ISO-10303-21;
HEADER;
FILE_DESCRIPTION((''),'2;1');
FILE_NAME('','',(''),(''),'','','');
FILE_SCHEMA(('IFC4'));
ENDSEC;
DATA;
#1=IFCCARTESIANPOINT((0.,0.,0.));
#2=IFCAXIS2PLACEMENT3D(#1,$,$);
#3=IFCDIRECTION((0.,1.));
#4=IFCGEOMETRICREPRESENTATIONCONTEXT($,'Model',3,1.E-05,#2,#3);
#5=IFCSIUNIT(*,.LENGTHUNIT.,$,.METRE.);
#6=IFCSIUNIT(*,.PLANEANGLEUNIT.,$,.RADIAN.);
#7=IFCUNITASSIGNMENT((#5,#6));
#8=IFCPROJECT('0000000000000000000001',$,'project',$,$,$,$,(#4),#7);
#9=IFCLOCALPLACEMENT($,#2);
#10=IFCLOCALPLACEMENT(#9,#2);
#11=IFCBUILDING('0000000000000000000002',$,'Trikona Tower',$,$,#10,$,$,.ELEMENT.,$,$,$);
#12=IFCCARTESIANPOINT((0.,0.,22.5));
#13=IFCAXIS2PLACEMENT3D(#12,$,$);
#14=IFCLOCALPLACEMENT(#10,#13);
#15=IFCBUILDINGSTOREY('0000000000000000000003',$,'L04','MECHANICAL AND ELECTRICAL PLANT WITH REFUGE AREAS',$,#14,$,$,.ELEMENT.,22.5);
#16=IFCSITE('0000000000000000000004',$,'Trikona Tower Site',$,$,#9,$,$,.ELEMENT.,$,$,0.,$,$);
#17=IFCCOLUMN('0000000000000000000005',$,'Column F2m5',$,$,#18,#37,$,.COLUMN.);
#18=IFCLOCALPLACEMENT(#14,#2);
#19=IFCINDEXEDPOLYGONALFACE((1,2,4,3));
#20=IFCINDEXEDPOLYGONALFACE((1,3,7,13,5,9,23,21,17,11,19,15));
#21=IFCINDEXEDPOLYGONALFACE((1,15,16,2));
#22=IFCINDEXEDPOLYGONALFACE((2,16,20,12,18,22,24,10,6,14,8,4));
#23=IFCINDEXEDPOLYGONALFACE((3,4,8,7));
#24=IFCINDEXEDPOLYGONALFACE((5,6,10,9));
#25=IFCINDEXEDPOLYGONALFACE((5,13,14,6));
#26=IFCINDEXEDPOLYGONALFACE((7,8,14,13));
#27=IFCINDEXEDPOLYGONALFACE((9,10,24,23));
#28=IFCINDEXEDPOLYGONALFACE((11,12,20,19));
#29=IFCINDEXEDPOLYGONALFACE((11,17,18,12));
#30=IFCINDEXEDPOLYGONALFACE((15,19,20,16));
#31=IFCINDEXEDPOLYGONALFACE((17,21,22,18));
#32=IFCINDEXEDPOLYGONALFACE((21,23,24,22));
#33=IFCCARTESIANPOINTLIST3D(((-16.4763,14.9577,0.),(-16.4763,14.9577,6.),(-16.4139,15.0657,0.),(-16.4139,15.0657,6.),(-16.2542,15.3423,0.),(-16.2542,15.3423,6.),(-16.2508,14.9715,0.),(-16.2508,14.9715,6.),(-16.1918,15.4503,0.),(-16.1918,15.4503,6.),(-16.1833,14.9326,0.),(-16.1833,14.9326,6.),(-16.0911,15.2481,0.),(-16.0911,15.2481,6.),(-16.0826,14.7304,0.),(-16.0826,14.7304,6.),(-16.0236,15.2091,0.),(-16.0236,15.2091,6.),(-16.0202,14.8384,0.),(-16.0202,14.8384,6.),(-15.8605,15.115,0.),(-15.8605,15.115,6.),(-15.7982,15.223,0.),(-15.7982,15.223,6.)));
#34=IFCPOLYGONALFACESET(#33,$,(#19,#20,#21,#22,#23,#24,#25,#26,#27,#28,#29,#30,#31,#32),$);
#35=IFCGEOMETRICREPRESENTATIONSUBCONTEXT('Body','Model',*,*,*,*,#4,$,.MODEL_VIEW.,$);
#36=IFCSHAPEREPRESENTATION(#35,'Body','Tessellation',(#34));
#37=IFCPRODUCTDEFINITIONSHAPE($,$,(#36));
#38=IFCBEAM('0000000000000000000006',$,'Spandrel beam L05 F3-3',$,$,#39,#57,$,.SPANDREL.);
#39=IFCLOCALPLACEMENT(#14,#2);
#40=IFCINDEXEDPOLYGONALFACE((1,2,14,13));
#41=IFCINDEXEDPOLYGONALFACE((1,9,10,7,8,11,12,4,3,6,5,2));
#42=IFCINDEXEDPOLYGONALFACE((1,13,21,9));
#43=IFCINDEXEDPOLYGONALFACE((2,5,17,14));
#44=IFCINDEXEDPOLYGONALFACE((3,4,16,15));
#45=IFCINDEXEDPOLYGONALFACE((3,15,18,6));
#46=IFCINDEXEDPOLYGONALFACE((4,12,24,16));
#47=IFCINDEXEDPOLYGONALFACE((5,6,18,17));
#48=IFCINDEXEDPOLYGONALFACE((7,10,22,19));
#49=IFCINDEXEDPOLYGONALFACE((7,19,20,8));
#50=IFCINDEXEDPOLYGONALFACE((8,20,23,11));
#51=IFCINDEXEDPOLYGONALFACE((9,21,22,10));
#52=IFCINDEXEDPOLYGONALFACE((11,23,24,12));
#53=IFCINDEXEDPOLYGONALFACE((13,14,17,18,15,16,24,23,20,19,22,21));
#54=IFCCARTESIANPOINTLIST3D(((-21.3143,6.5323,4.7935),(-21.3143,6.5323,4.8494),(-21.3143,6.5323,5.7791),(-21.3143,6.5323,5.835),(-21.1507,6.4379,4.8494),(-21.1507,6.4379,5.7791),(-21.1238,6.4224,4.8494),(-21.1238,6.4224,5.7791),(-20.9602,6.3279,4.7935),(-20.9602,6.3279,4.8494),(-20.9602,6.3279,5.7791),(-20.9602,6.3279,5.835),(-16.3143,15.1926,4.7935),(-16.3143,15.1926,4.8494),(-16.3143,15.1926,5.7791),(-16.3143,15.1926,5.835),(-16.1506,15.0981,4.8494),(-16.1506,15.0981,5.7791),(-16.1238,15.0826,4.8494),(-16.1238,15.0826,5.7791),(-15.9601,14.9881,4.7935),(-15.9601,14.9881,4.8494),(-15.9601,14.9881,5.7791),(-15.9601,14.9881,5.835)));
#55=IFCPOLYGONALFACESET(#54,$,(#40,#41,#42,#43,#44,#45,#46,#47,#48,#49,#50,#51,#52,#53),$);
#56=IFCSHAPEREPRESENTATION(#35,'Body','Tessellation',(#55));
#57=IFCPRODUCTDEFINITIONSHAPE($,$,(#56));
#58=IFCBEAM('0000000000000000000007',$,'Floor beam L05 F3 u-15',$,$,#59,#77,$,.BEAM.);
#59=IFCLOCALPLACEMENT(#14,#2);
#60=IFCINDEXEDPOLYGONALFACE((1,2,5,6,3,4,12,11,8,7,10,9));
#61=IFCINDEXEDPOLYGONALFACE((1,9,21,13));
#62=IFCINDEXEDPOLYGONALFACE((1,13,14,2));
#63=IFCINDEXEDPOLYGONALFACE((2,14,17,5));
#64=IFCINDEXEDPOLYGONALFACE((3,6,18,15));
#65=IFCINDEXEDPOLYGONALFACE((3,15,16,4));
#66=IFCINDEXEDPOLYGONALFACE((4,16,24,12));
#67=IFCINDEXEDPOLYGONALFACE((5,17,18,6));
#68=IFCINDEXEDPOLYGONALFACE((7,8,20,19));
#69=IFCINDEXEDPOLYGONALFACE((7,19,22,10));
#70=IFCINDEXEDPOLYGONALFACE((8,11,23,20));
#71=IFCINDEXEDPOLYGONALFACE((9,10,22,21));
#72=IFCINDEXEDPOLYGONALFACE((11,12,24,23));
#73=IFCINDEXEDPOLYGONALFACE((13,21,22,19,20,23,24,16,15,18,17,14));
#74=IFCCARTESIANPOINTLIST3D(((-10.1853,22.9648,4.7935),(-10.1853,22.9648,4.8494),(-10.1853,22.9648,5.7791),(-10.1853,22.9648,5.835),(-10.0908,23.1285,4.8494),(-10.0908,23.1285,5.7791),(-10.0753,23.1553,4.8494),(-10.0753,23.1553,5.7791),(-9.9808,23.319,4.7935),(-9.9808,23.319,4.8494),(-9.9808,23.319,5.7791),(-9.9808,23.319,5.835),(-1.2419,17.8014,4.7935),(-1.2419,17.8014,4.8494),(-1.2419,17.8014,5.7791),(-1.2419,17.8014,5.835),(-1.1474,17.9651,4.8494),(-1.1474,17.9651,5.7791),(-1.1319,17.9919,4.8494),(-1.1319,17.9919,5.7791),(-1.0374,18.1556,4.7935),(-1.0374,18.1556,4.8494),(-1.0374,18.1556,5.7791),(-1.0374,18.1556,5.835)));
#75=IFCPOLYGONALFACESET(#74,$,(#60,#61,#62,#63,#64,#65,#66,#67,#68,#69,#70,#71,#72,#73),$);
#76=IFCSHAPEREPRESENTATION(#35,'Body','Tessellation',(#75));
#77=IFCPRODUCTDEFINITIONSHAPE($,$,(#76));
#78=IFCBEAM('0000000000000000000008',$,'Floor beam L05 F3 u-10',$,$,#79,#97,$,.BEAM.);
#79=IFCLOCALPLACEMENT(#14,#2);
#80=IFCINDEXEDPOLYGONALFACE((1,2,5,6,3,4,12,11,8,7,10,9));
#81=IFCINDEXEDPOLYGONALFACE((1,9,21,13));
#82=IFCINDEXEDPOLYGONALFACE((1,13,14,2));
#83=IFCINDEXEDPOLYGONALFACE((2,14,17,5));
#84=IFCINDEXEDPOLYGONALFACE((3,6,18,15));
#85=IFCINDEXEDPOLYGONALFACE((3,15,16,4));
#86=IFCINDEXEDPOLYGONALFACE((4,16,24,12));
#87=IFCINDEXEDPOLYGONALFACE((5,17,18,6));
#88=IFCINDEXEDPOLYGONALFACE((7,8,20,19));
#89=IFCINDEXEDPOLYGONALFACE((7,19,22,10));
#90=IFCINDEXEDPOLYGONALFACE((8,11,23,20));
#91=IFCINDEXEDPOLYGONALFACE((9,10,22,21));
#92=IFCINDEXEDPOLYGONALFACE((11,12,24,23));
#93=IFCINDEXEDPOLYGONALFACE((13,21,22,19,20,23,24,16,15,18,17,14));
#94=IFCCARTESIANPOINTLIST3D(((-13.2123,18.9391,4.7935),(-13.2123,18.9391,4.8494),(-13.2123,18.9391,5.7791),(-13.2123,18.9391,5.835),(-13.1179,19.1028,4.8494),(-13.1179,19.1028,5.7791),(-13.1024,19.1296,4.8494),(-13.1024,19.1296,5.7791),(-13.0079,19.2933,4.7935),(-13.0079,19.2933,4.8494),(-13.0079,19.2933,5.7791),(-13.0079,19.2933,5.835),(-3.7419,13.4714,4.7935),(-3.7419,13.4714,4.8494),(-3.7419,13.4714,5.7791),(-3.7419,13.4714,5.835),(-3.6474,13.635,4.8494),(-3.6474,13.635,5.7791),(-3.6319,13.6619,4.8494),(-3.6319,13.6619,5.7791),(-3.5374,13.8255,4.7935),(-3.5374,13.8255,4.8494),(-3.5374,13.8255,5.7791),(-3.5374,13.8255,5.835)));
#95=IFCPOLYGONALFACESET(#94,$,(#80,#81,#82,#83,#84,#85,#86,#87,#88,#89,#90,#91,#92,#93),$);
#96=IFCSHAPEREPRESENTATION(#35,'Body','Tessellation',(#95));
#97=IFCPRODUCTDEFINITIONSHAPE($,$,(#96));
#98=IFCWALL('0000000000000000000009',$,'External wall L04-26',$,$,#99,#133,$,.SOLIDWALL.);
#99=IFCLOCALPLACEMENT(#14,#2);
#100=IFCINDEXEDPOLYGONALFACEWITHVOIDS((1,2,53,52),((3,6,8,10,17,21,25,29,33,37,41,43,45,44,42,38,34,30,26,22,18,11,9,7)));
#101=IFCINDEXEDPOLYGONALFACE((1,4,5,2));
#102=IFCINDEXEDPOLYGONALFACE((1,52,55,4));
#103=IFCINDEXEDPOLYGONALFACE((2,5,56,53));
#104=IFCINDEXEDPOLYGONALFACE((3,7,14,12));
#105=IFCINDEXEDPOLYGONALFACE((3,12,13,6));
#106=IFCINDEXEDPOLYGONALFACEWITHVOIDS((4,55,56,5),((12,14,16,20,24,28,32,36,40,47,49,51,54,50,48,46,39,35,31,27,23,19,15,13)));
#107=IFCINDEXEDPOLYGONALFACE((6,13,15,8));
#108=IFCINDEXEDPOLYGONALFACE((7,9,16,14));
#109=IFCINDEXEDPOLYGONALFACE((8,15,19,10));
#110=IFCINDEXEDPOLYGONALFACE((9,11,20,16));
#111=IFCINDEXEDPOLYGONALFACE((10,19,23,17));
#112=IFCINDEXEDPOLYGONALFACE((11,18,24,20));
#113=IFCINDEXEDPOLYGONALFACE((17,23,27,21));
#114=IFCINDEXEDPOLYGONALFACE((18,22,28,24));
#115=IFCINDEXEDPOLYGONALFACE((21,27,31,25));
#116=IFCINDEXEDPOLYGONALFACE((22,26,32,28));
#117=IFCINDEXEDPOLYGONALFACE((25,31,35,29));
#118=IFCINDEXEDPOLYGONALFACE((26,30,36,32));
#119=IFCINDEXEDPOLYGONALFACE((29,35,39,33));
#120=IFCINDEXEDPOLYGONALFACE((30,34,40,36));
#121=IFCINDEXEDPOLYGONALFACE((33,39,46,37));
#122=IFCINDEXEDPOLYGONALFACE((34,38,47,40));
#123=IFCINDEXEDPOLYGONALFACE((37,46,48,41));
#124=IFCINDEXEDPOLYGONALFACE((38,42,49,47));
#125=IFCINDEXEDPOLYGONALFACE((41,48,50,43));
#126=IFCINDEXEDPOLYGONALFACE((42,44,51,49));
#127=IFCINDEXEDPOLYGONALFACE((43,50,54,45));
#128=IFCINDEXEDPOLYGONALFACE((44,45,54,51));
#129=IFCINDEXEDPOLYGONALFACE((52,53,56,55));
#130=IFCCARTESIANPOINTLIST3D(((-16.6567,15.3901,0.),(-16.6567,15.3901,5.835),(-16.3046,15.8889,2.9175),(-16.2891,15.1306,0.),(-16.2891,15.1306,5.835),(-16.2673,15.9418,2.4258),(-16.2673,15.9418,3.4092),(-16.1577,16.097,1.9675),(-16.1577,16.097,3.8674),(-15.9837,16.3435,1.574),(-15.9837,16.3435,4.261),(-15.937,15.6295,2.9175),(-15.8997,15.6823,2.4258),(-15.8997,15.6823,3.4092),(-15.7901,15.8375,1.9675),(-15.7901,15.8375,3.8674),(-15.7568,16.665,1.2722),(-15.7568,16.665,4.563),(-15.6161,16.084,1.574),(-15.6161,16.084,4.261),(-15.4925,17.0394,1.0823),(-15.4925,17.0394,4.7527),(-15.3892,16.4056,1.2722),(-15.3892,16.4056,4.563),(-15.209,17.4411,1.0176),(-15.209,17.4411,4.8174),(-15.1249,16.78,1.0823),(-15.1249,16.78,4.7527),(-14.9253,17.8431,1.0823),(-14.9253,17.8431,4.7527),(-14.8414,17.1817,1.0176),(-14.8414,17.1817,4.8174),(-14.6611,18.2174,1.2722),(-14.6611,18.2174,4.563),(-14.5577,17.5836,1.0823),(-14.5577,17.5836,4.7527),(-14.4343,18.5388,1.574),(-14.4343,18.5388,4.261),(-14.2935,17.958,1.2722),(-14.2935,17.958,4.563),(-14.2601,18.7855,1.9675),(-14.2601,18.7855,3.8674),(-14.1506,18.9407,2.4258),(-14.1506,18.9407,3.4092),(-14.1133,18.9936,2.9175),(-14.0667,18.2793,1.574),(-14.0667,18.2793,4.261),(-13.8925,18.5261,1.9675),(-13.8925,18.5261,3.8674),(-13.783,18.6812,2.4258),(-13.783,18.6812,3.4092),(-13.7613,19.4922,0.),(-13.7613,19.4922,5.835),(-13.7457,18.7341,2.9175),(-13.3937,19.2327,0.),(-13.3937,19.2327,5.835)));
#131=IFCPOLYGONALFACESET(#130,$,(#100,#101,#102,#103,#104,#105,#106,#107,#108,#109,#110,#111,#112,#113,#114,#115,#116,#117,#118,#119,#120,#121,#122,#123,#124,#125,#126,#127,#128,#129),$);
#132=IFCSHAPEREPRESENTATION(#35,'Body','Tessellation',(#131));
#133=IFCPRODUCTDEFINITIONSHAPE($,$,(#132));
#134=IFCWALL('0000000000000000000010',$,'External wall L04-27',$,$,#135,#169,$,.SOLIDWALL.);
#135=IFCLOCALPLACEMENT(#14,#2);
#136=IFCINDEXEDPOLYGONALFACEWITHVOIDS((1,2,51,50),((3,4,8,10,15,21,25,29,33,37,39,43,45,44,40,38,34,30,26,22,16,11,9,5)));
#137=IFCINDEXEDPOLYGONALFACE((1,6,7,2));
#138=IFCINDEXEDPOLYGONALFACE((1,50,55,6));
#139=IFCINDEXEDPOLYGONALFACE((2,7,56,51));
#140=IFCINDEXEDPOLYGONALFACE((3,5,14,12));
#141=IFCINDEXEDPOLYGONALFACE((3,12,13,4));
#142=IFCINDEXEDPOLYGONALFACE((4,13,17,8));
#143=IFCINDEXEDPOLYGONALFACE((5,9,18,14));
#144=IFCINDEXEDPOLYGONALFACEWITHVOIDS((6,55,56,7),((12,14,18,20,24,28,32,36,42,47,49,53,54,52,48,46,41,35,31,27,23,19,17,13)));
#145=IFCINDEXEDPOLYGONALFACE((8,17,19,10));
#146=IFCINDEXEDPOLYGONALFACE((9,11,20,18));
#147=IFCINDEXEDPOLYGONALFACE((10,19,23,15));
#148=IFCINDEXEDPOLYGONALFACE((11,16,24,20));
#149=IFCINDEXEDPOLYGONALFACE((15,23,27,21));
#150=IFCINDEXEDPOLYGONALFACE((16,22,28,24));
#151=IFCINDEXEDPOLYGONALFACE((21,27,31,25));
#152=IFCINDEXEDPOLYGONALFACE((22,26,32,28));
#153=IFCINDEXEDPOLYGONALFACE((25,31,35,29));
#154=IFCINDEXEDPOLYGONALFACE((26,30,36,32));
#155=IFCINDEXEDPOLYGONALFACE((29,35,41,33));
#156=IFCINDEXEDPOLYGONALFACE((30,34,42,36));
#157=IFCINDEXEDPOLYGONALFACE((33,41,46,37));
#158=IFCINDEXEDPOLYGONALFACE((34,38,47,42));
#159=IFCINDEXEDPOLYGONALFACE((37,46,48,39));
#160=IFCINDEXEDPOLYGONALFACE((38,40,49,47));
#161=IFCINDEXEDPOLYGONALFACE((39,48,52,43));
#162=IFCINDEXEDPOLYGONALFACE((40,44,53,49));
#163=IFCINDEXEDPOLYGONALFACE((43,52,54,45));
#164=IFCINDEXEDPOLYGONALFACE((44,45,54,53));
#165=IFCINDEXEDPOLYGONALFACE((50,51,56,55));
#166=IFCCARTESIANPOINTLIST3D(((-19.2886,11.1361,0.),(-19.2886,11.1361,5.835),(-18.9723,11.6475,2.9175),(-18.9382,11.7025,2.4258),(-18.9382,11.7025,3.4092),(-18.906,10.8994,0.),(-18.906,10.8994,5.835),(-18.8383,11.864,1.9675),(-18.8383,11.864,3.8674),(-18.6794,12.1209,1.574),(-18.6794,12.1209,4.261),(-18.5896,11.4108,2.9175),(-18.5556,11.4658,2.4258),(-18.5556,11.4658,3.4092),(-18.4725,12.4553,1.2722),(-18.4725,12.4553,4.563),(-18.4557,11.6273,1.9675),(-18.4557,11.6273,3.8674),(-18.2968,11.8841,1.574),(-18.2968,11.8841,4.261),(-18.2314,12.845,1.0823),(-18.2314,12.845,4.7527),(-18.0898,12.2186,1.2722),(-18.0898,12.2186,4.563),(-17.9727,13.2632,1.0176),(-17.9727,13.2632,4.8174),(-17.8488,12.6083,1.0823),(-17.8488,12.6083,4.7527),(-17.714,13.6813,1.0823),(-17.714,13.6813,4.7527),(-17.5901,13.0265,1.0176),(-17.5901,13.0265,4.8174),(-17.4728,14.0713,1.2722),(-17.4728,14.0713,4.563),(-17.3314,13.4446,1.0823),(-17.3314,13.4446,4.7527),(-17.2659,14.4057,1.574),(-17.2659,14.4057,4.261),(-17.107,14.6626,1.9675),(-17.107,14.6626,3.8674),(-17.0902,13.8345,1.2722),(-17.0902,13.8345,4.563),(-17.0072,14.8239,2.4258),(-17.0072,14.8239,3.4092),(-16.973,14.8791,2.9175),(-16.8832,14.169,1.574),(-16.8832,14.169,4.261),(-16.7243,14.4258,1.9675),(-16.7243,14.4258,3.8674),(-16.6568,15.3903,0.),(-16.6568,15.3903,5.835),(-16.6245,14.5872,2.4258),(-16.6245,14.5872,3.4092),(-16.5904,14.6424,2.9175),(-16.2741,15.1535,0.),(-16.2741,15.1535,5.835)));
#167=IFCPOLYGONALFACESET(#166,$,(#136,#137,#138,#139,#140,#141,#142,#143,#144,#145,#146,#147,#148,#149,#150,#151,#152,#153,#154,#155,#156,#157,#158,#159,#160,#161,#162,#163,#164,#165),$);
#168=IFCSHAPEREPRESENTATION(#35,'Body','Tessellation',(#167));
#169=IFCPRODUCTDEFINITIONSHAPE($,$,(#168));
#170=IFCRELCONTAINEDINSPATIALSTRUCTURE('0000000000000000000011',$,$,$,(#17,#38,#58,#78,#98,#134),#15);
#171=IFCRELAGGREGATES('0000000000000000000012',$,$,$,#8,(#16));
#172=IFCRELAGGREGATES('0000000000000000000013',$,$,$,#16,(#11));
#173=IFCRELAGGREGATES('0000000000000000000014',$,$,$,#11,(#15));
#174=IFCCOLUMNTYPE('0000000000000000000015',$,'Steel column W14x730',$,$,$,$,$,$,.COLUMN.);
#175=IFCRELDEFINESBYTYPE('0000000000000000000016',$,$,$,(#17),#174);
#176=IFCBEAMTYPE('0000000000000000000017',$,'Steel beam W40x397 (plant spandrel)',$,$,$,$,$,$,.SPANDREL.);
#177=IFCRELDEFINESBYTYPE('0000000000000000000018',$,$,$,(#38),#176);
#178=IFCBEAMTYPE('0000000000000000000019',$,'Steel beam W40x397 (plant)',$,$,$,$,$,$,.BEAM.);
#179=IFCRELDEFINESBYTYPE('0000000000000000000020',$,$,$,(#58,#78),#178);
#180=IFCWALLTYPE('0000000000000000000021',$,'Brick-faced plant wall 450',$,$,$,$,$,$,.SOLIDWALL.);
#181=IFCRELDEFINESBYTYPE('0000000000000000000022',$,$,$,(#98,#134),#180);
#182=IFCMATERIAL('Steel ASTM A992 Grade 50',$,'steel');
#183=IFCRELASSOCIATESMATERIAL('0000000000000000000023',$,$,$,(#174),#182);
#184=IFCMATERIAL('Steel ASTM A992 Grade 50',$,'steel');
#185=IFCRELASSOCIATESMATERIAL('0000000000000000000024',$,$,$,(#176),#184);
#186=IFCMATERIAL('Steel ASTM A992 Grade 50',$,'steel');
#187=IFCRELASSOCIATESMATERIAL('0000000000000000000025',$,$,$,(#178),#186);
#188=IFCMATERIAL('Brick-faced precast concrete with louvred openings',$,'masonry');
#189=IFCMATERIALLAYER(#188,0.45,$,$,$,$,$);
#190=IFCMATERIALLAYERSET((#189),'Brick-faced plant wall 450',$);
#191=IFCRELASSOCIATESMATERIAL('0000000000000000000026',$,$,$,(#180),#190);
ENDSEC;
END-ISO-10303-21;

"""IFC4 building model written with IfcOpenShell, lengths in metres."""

from ifc_helpers import new_model, si_unit, direction, frame, origin, origin_2d, place, context, subcontext, project, spatial, polyline, i_section, outline, extrude, material, layer, layer_set, material_profile, profile_set, type_object, element, save


model = new_model("IFC4")

# Units and contexts
model_context = context("Model", 3, precision=1e-05, world=origin(), true_north=direction((0.0, 1.0)))
body_context = subcontext(model_context, "Body", "Model", "MODEL_VIEW")
ifc_project = project(units=[si_unit("LENGTHUNIT", "METRE"), si_unit("PLANEANGLEUNIT", "RADIAN")], contexts=[model_context])

# Site, building, storey
site_placement = place(None, origin())
site = spatial("IfcSite", under=ifc_project, at=site_placement, Name="Trikona Tower Site", CompositionType="ELEMENT", RefElevation=0.0)
building_placement = place(site_placement, origin())
building = spatial("IfcBuilding", under=site, at=building_placement, Name="Trikona Tower", CompositionType="ELEMENT")
storey_placement = place(building_placement, frame((0.0, 0.0, 22.5)))
storey = spatial("IfcBuildingStorey", under=building, at=storey_placement, Name="L04", Description="MECHANICAL AND ELECTRICAL PLANT WITH REFUGE AREAS", CompositionType="ELEMENT", Elevation=22.5)

# Column
ifc_material_1 = material(Name="Steel ASTM A992 Grade 50", Category="steel")
ifc_material_profile_1 = material_profile(ifc_material_1, i_section(OverallWidth=0.4546, OverallDepth=0.5688, WebThickness=0.0779, FlangeThickness=0.1248, at=origin_2d()), Name="W14X730")
ifc_profile_set_1 = profile_set([ifc_material_profile_1], Name="Steel ASTM A992 Grade 50")
column_type = type_object("IfcColumnType", Name="Steel column W14x730", PredefinedType="COLUMN", material=ifc_profile_set_1)
column_placement = place(storey_placement, frame((-16.1372, 15.0903, 0.0), z_axis=(0.0, 0.0, 1.0), x_axis=(-0.866025, 0.5, 0.0)))
element("IfcColumn", 1, at=column_placement, inside=storey, type_object=column_type, Name="Column F2m5", PredefinedType="COLUMN", context=body_context, shape_type="SweptSolid", body=[
    extrude(i_section(OverallWidth=0.4546, OverallDepth=0.5688, WebThickness=0.0779, FlangeThickness=0.1248, at=origin_2d()), origin(), (0.0, 0.0, 1.0), 6.0),
])

# Beams
ifc_material_2 = material(Name="Steel ASTM A992 Grade 50", Category="steel")
ifc_material_profile_2 = material_profile(ifc_material_2, i_section(OverallWidth=0.4089, OverallDepth=1.0415, WebThickness=0.031, FlangeThickness=0.0559, at=origin_2d()), Name="W40X397")
ifc_profile_set_2 = profile_set([ifc_material_profile_2], Name="Steel ASTM A992 Grade 50")
beam_type_1 = type_object("IfcBeamType", Name="Steel beam W40x397 (plant spandrel)", PredefinedType="SPANDREL", material=ifc_profile_set_2)
beam_1_placement = place(storey_placement, frame((-16.1372, 15.0903, 5.3142), z_axis=(-0.500004, -0.866023, 0.0), x_axis=(0.866023, -0.500004, 0.0)))
element("IfcBeam", 2, at=beam_1_placement, inside=storey, type_object=beam_type_1, Name="Spandrel beam L05 F3-3", PredefinedType="SPANDREL", context=body_context, shape_type="SweptSolid", body=[
    extrude(i_section(OverallWidth=0.4089, OverallDepth=1.0415, WebThickness=0.031, FlangeThickness=0.0559, at=origin_2d()), origin(), (0.0, 0.0, 1.0), 10.0),
])
ifc_material_3 = material(Name="Steel ASTM A992 Grade 50", Category="steel")
ifc_material_profile_3 = material_profile(ifc_material_3, i_section(OverallWidth=0.4089, OverallDepth=1.0415, WebThickness=0.031, FlangeThickness=0.0559, at=origin_2d()), Name="W40X397")
ifc_profile_set_3 = profile_set([ifc_material_profile_3], Name="Steel ASTM A992 Grade 50")
beam_type_2 = type_object("IfcBeamType", Name="Steel beam W40x397 (plant)", PredefinedType="BEAM", material=ifc_profile_set_3)
beam_2_placement = place(storey_placement, frame((-1.1396, 17.9785, 5.3142), z_axis=(-0.86603, 0.499991, 0.0), x_axis=(-0.499991, -0.86603, 0.0)))
element("IfcBeam", 3, at=beam_2_placement, inside=storey, type_object=beam_type_2, Name="Floor beam L05 F3 u-15", PredefinedType="BEAM", context=body_context, shape_type="SweptSolid", body=[
    extrude(i_section(OverallWidth=0.4089, OverallDepth=1.0415, WebThickness=0.031, FlangeThickness=0.0559, at=origin_2d()), origin(), (0.0, 0.0, 1.0), 10.3269),
])
beam_3_placement = place(storey_placement, frame((-3.6396, 13.6484, 5.3142), z_axis=(-0.866025, 0.5, 0.0), x_axis=(-0.5, -0.866025, 0.0)))
element("IfcBeam", 4, at=beam_3_placement, inside=storey, type_object=beam_type_2, Name="Floor beam L05 F3 u-10", PredefinedType="BEAM", context=body_context, shape_type="SweptSolid", body=[
    extrude(i_section(OverallWidth=0.4089, OverallDepth=1.0415, WebThickness=0.031, FlangeThickness=0.0559, at=origin_2d()), origin(), (0.0, 0.0, 1.0), 10.9355),
])

# Walls
ifc_material_4 = material(Name="Brick-faced precast concrete with louvred openings", Category="masonry")
ifc_layer_1 = layer(ifc_material_4, 0.45)
ifc_layer_set_1 = layer_set([ifc_layer_1], Name="Brick-faced plant wall 450")
wall_type_1 = type_object("IfcWallType", Name="Brick-faced plant wall 450", PredefinedType="SOLIDWALL", material=ifc_layer_set_1)
wall_1_placement = place(storey_placement, frame((-13.5776, 19.3625, 0.0), z_axis=(0.0, 0.0, 1.0), x_axis=(-0.576643, -0.816996, 0.0)))
element("IfcWall", 5, at=wall_1_placement, inside=storey, type_object=wall_type_1, Name="External wall L04-26", PredefinedType="SOLIDWALL", context=body_context, shape_type="SweptSolid", body=[
    extrude(outline(polyline([(0.0, 0.0), (5.021, 0.0), (5.021, 5.835), (0.0, 5.835), (0.0, 0.0)]), holes=[polyline([(4.4104, 2.9175), (4.3457, 3.4092), (4.1558, 3.8674), (3.854, 4.261), (3.4604, 4.563), (3.0022, 4.7527), (2.5105, 4.8174), (2.0186, 4.7527), (1.5603, 4.563), (1.167, 4.261), (0.865, 3.8674), (0.675, 3.4092), (0.6104, 2.9175), (0.675, 2.4258), (0.865, 1.9675), (1.167, 1.574), (1.5603, 1.2722), (2.0186, 1.0823), (2.5105, 1.0176), (3.0022, 1.0823), (3.4604, 1.2722), (3.854, 1.574), (4.1558, 1.9675), (4.3457, 2.4258), (4.4104, 2.9175)])]), frame((0.0, 0.2251, 0.0), z_axis=(0.0, -1.0, 0.0), x_axis=(1.0, 0.0, 0.0)), (0.0, 0.0, 1.0), 0.45),
])
wall_2_placement = place(storey_placement, frame((-16.4656, 15.272, 0.0), z_axis=(0.0, 0.0, 1.0), x_axis=(-0.526111, -0.850416, 0.0)))
element("IfcWall", 6, at=wall_2_placement, inside=storey, type_object=wall_type_1, Name="External wall L04-27", PredefinedType="SOLIDWALL", context=body_context, shape_type="SweptSolid", body=[
    extrude(outline(polyline([(0.0, 0.0), (5.0024, 0.0), (5.0024, 5.835), (0.0, 5.835), (0.0, 0.0)]), holes=[polyline([(4.4011, 2.9175), (4.3364, 3.4092), (4.1465, 3.8674), (3.8445, 4.261), (3.4512, 4.563), (2.9929, 4.7527), (2.5012, 4.8174), (2.0095, 4.7527), (1.551, 4.563), (1.1577, 4.261), (0.8557, 3.8674), (0.666, 3.4092), (0.6011, 2.9175), (0.666, 2.4258), (0.8557, 1.9675), (1.1577, 1.574), (1.551, 1.2722), (2.0095, 1.0823), (2.5012, 1.0176), (2.9929, 1.0823), (3.4512, 1.2722), (3.8445, 1.574), (4.1465, 1.9675), (4.3364, 2.4258), (4.4011, 2.9175)])]), frame((0.0, 0.2251, 0.0), z_axis=(0.0, -1.0, 0.0), x_axis=(1.0, 0.0, 0.0)), (0.0, 0.0, 1.0), 0.45),
])

save(model, "model.ifc")
